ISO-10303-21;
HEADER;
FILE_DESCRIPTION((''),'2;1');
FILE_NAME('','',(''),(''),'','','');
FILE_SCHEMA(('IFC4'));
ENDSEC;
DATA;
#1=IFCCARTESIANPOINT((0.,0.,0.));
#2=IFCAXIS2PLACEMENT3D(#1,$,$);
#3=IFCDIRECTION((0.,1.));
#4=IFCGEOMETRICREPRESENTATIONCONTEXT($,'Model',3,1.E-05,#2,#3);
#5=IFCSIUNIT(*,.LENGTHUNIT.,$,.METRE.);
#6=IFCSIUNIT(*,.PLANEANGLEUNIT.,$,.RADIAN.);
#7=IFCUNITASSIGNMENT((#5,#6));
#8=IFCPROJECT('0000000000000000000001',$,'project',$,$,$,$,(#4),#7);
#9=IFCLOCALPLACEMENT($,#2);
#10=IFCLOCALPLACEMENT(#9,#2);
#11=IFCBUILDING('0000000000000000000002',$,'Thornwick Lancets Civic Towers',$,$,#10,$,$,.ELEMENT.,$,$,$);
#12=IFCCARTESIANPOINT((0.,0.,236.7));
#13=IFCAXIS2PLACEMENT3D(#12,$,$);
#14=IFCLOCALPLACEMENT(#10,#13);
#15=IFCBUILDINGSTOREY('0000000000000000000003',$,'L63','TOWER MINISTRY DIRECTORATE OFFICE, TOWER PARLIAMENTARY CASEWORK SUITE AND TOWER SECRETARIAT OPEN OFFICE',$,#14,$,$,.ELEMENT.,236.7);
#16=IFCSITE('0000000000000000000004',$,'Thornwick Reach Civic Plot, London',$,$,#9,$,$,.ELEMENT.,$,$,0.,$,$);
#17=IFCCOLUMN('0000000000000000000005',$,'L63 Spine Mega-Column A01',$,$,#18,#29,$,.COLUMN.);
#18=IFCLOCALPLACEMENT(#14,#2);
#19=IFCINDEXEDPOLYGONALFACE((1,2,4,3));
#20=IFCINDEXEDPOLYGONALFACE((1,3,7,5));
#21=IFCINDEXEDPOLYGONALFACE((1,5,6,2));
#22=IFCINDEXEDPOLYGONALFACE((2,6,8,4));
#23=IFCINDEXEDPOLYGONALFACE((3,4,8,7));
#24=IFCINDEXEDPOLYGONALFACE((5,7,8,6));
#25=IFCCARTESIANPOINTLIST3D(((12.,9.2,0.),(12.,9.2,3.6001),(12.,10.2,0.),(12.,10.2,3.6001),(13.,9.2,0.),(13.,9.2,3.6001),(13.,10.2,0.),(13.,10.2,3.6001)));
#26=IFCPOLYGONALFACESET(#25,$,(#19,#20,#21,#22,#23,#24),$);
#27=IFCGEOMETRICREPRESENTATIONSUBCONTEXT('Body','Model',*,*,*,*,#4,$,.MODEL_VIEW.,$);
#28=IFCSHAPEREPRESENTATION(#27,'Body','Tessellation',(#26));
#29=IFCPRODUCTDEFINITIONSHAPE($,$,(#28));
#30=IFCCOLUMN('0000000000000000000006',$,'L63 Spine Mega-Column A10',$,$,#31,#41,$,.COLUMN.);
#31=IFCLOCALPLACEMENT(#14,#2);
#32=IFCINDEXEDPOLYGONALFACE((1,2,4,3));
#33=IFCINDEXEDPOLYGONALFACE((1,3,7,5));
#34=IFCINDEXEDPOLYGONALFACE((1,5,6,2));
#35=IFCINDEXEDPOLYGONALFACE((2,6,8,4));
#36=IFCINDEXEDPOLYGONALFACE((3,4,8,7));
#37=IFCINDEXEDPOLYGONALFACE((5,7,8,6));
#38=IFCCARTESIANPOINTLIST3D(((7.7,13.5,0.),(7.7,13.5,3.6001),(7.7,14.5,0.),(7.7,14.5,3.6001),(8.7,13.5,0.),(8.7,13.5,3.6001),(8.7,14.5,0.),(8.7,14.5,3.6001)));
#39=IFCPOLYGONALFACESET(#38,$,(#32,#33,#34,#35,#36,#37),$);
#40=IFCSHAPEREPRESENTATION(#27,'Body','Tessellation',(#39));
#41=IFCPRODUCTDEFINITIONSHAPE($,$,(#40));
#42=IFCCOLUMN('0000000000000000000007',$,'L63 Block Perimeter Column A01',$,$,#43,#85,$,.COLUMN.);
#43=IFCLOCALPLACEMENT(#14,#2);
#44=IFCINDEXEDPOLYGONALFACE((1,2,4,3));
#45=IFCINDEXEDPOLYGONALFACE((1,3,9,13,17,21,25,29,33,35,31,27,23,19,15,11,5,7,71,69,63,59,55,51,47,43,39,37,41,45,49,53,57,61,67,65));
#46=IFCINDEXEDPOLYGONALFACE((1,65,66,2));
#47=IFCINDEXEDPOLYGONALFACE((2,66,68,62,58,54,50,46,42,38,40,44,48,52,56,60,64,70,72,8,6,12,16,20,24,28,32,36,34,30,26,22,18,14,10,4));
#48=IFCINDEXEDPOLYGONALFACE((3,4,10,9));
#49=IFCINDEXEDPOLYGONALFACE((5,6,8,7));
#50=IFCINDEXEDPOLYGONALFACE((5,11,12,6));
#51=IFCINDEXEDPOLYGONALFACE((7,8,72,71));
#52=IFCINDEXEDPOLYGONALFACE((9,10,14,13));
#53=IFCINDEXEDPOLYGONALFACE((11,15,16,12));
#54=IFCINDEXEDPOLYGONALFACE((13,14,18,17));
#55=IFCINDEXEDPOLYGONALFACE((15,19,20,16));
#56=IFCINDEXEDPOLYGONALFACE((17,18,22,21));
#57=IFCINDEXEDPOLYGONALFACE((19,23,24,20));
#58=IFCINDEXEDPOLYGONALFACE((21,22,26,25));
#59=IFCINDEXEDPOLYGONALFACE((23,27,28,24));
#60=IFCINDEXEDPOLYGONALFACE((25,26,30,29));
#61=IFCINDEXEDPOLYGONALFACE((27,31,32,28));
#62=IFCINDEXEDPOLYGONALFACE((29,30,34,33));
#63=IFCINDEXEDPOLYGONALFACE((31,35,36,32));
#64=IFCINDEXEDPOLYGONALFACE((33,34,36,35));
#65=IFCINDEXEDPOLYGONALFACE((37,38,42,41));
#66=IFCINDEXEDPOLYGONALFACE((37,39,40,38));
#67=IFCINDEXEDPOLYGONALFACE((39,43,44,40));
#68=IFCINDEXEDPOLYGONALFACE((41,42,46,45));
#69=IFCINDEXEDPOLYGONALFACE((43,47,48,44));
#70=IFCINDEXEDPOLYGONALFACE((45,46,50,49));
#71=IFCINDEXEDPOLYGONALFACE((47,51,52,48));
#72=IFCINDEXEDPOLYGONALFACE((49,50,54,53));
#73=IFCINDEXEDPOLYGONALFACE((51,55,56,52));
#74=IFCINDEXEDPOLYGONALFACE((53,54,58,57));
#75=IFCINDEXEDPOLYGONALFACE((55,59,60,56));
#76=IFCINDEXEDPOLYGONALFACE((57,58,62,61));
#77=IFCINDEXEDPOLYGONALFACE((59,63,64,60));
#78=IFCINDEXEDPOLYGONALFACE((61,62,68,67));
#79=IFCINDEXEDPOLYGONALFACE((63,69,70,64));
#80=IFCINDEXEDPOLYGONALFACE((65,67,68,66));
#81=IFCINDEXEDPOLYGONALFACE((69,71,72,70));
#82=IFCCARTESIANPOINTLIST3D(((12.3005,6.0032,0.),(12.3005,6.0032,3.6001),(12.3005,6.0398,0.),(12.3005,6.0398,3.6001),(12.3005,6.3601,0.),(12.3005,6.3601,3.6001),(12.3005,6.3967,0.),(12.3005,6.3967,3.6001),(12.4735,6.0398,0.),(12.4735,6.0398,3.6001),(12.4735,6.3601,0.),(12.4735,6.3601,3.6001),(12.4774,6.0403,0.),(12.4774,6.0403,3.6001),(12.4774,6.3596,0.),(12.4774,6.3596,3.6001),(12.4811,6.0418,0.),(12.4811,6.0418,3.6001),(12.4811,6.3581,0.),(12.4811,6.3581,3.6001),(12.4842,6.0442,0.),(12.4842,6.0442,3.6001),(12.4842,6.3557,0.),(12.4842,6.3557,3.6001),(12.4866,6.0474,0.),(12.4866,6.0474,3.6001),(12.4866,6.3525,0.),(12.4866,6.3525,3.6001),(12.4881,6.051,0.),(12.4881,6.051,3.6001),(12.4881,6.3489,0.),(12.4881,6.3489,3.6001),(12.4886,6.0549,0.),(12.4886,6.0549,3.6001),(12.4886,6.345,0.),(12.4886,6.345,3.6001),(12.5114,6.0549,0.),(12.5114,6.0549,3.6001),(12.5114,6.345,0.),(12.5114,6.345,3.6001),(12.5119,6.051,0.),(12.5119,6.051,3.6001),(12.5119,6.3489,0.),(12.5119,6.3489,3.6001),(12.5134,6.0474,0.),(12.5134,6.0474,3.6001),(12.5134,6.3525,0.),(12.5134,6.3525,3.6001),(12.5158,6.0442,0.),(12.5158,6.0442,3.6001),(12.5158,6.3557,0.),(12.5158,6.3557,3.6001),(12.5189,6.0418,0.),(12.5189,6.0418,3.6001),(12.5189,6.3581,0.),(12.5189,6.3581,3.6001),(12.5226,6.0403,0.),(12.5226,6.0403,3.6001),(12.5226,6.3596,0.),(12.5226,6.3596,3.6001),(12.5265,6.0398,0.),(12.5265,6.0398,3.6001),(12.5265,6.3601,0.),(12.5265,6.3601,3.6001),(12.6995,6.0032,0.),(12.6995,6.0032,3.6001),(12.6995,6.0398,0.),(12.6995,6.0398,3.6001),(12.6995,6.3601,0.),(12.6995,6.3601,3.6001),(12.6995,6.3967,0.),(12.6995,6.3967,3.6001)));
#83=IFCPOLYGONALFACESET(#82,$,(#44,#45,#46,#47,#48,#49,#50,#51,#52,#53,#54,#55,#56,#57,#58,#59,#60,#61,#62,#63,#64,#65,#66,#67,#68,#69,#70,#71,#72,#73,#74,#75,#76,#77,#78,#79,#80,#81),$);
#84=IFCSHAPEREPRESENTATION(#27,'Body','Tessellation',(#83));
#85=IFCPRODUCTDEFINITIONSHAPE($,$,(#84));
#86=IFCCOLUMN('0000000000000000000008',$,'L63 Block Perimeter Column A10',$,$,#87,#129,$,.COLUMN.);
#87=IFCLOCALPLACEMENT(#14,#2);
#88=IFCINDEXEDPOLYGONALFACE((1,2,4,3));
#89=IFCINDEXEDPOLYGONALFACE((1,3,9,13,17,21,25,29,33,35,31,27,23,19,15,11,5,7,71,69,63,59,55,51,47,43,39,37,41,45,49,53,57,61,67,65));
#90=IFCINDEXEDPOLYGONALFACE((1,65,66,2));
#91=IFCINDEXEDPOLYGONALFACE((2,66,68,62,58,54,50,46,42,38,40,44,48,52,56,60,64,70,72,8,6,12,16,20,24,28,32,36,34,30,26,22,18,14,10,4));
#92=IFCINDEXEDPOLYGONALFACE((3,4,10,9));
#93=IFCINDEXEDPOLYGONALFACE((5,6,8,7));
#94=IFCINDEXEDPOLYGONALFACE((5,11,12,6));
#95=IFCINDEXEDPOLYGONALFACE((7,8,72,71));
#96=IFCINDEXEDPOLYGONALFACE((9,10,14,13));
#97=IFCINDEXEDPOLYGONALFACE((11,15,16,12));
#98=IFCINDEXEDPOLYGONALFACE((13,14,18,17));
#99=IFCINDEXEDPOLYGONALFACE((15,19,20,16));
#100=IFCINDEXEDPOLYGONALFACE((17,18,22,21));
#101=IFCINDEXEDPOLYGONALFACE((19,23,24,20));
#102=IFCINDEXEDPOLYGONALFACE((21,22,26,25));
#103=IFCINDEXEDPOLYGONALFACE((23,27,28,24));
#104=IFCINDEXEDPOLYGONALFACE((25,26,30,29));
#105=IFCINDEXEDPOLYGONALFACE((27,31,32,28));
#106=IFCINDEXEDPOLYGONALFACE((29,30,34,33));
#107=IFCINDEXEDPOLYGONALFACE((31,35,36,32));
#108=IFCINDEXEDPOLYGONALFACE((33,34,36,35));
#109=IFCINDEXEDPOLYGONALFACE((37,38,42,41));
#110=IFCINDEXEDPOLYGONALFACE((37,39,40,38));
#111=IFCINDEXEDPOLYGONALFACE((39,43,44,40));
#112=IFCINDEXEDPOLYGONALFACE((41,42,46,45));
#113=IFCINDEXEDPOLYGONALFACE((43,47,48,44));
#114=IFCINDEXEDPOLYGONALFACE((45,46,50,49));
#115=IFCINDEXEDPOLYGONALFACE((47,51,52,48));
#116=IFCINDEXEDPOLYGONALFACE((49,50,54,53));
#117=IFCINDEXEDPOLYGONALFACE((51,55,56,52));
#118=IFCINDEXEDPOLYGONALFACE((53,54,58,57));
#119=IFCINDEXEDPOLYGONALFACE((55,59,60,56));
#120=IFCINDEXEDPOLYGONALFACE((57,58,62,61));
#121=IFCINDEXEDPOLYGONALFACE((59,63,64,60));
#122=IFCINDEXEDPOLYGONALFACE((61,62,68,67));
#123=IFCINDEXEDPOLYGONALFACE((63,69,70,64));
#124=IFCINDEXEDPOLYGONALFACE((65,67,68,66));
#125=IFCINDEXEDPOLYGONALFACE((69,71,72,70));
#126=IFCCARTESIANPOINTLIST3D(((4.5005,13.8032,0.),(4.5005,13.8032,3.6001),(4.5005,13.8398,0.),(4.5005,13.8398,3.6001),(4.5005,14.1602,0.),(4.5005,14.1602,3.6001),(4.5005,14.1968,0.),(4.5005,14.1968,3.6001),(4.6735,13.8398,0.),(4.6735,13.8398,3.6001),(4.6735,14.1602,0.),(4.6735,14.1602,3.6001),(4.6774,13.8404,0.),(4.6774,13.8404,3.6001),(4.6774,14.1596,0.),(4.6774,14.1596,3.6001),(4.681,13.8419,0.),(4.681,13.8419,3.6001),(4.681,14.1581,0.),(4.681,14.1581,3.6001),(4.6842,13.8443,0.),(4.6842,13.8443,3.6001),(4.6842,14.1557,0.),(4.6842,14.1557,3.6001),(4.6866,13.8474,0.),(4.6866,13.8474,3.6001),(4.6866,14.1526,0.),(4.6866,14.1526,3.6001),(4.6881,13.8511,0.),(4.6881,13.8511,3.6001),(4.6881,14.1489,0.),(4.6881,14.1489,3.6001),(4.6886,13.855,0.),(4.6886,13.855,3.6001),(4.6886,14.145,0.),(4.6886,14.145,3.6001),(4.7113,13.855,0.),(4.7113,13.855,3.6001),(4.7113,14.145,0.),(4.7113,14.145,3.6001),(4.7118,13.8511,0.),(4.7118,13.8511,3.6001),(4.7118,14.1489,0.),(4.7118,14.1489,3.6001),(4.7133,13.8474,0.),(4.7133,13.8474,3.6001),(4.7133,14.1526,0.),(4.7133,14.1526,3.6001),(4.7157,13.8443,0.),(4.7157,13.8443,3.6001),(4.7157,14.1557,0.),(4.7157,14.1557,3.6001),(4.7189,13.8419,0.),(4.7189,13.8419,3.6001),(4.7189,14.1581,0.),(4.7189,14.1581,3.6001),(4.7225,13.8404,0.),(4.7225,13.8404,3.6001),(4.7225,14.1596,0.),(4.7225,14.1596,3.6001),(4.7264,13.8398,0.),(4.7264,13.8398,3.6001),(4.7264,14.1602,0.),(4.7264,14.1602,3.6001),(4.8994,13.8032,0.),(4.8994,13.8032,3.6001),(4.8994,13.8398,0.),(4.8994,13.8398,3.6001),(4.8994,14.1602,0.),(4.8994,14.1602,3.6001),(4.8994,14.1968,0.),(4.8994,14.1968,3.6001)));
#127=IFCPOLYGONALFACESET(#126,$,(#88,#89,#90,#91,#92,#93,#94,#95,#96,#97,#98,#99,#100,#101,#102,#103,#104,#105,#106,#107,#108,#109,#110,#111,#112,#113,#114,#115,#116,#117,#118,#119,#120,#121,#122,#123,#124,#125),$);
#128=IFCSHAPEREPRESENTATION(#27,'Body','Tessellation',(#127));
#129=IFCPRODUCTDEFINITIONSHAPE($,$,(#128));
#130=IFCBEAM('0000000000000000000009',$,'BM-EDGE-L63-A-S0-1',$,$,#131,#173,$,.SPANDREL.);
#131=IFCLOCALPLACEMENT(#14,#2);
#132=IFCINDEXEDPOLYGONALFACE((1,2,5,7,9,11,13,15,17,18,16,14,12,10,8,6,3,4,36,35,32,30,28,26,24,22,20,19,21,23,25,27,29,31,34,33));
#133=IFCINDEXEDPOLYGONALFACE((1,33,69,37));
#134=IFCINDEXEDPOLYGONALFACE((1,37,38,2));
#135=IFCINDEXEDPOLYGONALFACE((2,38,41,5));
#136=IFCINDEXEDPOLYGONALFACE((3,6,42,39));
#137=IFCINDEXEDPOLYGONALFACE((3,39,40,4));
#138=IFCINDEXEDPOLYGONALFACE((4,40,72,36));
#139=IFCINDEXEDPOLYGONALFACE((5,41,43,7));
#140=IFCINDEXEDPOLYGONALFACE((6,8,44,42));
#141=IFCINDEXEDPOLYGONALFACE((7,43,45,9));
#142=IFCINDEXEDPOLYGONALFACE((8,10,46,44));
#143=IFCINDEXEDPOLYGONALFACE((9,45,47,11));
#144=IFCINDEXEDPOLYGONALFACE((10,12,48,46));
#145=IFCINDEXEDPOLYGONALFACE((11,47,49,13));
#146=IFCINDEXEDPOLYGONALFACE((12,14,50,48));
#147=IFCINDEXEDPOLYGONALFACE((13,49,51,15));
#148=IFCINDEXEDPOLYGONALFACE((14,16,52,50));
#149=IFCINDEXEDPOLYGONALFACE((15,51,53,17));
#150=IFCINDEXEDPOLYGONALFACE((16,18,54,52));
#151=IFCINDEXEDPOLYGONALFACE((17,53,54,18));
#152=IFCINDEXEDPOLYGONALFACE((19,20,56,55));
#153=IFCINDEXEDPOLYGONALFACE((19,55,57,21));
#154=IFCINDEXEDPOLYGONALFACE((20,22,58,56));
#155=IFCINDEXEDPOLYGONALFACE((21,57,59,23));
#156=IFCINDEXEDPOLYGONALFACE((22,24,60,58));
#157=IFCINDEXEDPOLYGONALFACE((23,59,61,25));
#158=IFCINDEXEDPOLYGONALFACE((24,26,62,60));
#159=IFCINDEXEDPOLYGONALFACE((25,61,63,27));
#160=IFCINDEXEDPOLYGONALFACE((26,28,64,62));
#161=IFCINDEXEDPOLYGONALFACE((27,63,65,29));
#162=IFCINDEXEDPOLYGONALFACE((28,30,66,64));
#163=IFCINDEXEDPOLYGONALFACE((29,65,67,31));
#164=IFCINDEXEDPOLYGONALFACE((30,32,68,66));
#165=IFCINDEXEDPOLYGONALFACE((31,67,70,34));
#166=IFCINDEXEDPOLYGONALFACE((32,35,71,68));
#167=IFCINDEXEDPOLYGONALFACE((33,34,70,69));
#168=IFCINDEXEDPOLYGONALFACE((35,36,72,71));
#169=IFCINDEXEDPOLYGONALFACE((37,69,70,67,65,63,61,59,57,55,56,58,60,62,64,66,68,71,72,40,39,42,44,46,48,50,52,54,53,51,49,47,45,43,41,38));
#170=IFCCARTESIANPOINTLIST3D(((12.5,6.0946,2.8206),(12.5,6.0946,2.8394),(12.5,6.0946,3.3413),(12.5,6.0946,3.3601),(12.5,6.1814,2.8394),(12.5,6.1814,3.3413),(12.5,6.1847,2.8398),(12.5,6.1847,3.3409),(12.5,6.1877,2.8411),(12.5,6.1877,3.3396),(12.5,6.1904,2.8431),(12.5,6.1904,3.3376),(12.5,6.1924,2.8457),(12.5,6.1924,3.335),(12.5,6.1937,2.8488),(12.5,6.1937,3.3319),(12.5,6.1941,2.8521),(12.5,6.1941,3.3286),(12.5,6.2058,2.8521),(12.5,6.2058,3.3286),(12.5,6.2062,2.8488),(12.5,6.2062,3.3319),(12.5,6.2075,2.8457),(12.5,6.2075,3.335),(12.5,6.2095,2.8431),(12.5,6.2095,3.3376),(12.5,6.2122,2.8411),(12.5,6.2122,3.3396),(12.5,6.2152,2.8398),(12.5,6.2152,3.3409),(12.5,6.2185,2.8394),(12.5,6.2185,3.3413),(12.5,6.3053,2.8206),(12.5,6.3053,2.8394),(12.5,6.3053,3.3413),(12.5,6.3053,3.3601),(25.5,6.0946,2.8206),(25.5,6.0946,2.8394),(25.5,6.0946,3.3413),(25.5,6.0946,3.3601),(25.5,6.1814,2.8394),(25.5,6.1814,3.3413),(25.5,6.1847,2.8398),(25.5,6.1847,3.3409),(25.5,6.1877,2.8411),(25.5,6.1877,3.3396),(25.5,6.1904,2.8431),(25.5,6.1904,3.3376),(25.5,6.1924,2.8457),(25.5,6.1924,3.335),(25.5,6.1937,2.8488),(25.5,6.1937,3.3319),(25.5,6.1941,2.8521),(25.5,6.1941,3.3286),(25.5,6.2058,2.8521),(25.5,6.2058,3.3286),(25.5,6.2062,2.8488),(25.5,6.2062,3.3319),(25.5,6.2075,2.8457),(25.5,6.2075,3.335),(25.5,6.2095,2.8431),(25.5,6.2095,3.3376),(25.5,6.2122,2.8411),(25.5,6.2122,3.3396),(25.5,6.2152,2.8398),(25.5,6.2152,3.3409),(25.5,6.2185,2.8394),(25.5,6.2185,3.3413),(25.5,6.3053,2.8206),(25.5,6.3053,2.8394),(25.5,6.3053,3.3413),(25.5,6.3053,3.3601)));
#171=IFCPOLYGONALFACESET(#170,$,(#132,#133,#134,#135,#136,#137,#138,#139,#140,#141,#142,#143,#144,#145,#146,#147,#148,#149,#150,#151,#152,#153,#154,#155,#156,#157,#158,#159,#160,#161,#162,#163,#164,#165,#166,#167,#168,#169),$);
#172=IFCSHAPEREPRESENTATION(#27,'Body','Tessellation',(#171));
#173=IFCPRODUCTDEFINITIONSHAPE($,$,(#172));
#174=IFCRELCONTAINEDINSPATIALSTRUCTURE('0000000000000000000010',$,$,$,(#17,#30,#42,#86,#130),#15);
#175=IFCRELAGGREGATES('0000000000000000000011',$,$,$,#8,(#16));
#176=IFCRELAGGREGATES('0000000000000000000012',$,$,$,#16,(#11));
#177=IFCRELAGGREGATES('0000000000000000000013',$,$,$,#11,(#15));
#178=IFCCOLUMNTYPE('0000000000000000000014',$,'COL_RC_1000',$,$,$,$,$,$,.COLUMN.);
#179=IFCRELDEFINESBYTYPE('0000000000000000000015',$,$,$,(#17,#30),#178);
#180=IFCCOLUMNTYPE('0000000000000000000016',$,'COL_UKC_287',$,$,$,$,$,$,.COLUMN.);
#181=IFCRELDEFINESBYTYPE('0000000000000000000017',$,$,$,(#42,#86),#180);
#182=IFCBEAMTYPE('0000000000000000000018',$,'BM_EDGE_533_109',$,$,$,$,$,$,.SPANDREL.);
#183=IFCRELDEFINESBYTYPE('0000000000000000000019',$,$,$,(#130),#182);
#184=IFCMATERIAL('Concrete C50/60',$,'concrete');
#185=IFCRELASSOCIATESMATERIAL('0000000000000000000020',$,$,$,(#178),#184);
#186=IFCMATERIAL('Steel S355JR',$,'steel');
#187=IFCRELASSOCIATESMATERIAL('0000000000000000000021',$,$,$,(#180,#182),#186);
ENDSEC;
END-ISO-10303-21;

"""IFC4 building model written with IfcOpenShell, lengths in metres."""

from ifc_helpers import new_model, si_unit, direction, frame, origin, origin_2d, place, context, subcontext, project, spatial, rectangle, i_section, extrude, material, material_profile, profile_set, type_object, element, save


model = new_model("IFC4")

# Units and contexts
model_context = context("Model", 3, precision=1e-05, world=origin(), true_north=direction((0.0, 1.0)))
body_context = subcontext(model_context, "Body", "Model", "MODEL_VIEW")
ifc_project = project(units=[si_unit("LENGTHUNIT", "METRE"), si_unit("PLANEANGLEUNIT", "RADIAN")], contexts=[model_context])

# Site, building, storey
site_placement = place(None, origin())
site = spatial("IfcSite", under=ifc_project, at=site_placement, Name="Thornwick Reach Civic Plot, London", CompositionType="ELEMENT", RefElevation=0.0)
building_placement = place(site_placement, origin())
building = spatial("IfcBuilding", under=site, at=building_placement, Name="Thornwick Lancets Civic Towers", CompositionType="ELEMENT")
storey_placement = place(building_placement, frame((0.0, 0.0, 236.7)))
storey = spatial("IfcBuildingStorey", under=building, at=storey_placement, Name="L63", Description="TOWER MINISTRY DIRECTORATE OFFICE, TOWER PARLIAMENTARY CASEWORK SUITE AND TOWER SECRETARIAT OPEN OFFICE", CompositionType="ELEMENT", Elevation=236.7)

# Columns
ifc_material_1 = material(Name="Concrete C50/60", Category="concrete")
ifc_material_profile_1 = material_profile(ifc_material_1, rectangle(XDim=1.0, YDim=1.0, at=origin_2d()), Name="RC 1000x1000")
ifc_profile_set_1 = profile_set([ifc_material_profile_1], Name="Concrete C50/60")
column_type_1 = type_object("IfcColumnType", Name="COL_RC_1000", PredefinedType="COLUMN", material=ifc_profile_set_1)
for number, where, z_axis, x_axis, name in (
    (1, (12.5, 9.7, 0.0), (0.0, 0.0, 1.0), (1.0, 0.0, 0.0), "L63 Spine Mega-Column A01"),
    (2, (8.2, 14.0, 0.0), (0.0, 0.0, 1.0), (1.0, 0.0, 0.0), "L63 Spine Mega-Column A10"),
):
    element("IfcColumn", number, at=place(storey_placement, frame(where, z_axis=z_axis, x_axis=x_axis)), inside=storey, type_object=column_type_1, Name=name, PredefinedType="COLUMN", context=body_context, shape_type="SweptSolid", body=[
        extrude(rectangle(XDim=1.0, YDim=1.0, at=origin_2d()), origin(), (0.0, 0.0, 1.0), 3.6001),
    ])
ifc_material_2 = material(Name="Steel S355JR", Category="steel")
ifc_material_profile_2 = material_profile(ifc_material_2, i_section(OverallWidth=0.3989, OverallDepth=0.3936, WebThickness=0.0227, FlangeThickness=0.0366, FilletRadius=0.0151, at=origin_2d()), Name="UKC 356x406x287")
ifc_profile_set_2 = profile_set([ifc_material_profile_2], Name="Steel S355JR")
column_type_2 = type_object("IfcColumnType", Name="COL_UKC_287", PredefinedType="COLUMN", material=ifc_profile_set_2)
for number, where, z_axis, x_axis, name in (
    (3, (12.5, 6.2, 0.0), (0.0, 0.0, 1.0), (1.0, 0.0, 0.0), "L63 Block Perimeter Column A01"),
    (4, (4.7, 14.0, 0.0), (0.0, 0.0, 1.0), (1.0, 0.0, 0.0), "L63 Block Perimeter Column A10"),
):
    element("IfcColumn", number, at=place(storey_placement, frame(where, z_axis=z_axis, x_axis=x_axis)), inside=storey, type_object=column_type_2, Name=name, PredefinedType="COLUMN", context=body_context, shape_type="SweptSolid", body=[
        extrude(i_section(OverallWidth=0.3989, OverallDepth=0.3936, WebThickness=0.0227, FlangeThickness=0.0366, FilletRadius=0.0151, at=origin_2d()), origin(), (0.0, 0.0, 1.0), 3.6001),
    ])

# Beam
ifc_material_profile_3 = material_profile(ifc_material_2, i_section(OverallWidth=0.2107, OverallDepth=0.5396, WebThickness=0.0117, FlangeThickness=0.0188, FilletRadius=0.0127, at=origin_2d()), Name="UKB 533x210x109")
ifc_profile_set_3 = profile_set([ifc_material_profile_3], Name="Steel S355JR")
beam_type_1 = type_object("IfcBeamType", Name="BM_EDGE_533_109", PredefinedType="SPANDREL", material=ifc_profile_set_3)
for number, where, z_axis, x_axis, name in (
    (5, (12.5, 6.2, 3.0903), (1.0, 0.0, 0.0), (0.0, 1.0, 0.0), "BM-EDGE-L63-A-S0-1"),
):
    element("IfcBeam", number, at=place(storey_placement, frame(where, z_axis=z_axis, x_axis=x_axis)), inside=storey, type_object=beam_type_1, Name=name, PredefinedType="SPANDREL", context=body_context, shape_type="SweptSolid", body=[
        extrude(i_section(OverallWidth=0.2107, OverallDepth=0.5396, WebThickness=0.0117, FlangeThickness=0.0188, FilletRadius=0.0127, at=origin_2d()), origin(), (0.0, 0.0, 1.0), 13.0),
    ])

save(model, "model.ifc")
